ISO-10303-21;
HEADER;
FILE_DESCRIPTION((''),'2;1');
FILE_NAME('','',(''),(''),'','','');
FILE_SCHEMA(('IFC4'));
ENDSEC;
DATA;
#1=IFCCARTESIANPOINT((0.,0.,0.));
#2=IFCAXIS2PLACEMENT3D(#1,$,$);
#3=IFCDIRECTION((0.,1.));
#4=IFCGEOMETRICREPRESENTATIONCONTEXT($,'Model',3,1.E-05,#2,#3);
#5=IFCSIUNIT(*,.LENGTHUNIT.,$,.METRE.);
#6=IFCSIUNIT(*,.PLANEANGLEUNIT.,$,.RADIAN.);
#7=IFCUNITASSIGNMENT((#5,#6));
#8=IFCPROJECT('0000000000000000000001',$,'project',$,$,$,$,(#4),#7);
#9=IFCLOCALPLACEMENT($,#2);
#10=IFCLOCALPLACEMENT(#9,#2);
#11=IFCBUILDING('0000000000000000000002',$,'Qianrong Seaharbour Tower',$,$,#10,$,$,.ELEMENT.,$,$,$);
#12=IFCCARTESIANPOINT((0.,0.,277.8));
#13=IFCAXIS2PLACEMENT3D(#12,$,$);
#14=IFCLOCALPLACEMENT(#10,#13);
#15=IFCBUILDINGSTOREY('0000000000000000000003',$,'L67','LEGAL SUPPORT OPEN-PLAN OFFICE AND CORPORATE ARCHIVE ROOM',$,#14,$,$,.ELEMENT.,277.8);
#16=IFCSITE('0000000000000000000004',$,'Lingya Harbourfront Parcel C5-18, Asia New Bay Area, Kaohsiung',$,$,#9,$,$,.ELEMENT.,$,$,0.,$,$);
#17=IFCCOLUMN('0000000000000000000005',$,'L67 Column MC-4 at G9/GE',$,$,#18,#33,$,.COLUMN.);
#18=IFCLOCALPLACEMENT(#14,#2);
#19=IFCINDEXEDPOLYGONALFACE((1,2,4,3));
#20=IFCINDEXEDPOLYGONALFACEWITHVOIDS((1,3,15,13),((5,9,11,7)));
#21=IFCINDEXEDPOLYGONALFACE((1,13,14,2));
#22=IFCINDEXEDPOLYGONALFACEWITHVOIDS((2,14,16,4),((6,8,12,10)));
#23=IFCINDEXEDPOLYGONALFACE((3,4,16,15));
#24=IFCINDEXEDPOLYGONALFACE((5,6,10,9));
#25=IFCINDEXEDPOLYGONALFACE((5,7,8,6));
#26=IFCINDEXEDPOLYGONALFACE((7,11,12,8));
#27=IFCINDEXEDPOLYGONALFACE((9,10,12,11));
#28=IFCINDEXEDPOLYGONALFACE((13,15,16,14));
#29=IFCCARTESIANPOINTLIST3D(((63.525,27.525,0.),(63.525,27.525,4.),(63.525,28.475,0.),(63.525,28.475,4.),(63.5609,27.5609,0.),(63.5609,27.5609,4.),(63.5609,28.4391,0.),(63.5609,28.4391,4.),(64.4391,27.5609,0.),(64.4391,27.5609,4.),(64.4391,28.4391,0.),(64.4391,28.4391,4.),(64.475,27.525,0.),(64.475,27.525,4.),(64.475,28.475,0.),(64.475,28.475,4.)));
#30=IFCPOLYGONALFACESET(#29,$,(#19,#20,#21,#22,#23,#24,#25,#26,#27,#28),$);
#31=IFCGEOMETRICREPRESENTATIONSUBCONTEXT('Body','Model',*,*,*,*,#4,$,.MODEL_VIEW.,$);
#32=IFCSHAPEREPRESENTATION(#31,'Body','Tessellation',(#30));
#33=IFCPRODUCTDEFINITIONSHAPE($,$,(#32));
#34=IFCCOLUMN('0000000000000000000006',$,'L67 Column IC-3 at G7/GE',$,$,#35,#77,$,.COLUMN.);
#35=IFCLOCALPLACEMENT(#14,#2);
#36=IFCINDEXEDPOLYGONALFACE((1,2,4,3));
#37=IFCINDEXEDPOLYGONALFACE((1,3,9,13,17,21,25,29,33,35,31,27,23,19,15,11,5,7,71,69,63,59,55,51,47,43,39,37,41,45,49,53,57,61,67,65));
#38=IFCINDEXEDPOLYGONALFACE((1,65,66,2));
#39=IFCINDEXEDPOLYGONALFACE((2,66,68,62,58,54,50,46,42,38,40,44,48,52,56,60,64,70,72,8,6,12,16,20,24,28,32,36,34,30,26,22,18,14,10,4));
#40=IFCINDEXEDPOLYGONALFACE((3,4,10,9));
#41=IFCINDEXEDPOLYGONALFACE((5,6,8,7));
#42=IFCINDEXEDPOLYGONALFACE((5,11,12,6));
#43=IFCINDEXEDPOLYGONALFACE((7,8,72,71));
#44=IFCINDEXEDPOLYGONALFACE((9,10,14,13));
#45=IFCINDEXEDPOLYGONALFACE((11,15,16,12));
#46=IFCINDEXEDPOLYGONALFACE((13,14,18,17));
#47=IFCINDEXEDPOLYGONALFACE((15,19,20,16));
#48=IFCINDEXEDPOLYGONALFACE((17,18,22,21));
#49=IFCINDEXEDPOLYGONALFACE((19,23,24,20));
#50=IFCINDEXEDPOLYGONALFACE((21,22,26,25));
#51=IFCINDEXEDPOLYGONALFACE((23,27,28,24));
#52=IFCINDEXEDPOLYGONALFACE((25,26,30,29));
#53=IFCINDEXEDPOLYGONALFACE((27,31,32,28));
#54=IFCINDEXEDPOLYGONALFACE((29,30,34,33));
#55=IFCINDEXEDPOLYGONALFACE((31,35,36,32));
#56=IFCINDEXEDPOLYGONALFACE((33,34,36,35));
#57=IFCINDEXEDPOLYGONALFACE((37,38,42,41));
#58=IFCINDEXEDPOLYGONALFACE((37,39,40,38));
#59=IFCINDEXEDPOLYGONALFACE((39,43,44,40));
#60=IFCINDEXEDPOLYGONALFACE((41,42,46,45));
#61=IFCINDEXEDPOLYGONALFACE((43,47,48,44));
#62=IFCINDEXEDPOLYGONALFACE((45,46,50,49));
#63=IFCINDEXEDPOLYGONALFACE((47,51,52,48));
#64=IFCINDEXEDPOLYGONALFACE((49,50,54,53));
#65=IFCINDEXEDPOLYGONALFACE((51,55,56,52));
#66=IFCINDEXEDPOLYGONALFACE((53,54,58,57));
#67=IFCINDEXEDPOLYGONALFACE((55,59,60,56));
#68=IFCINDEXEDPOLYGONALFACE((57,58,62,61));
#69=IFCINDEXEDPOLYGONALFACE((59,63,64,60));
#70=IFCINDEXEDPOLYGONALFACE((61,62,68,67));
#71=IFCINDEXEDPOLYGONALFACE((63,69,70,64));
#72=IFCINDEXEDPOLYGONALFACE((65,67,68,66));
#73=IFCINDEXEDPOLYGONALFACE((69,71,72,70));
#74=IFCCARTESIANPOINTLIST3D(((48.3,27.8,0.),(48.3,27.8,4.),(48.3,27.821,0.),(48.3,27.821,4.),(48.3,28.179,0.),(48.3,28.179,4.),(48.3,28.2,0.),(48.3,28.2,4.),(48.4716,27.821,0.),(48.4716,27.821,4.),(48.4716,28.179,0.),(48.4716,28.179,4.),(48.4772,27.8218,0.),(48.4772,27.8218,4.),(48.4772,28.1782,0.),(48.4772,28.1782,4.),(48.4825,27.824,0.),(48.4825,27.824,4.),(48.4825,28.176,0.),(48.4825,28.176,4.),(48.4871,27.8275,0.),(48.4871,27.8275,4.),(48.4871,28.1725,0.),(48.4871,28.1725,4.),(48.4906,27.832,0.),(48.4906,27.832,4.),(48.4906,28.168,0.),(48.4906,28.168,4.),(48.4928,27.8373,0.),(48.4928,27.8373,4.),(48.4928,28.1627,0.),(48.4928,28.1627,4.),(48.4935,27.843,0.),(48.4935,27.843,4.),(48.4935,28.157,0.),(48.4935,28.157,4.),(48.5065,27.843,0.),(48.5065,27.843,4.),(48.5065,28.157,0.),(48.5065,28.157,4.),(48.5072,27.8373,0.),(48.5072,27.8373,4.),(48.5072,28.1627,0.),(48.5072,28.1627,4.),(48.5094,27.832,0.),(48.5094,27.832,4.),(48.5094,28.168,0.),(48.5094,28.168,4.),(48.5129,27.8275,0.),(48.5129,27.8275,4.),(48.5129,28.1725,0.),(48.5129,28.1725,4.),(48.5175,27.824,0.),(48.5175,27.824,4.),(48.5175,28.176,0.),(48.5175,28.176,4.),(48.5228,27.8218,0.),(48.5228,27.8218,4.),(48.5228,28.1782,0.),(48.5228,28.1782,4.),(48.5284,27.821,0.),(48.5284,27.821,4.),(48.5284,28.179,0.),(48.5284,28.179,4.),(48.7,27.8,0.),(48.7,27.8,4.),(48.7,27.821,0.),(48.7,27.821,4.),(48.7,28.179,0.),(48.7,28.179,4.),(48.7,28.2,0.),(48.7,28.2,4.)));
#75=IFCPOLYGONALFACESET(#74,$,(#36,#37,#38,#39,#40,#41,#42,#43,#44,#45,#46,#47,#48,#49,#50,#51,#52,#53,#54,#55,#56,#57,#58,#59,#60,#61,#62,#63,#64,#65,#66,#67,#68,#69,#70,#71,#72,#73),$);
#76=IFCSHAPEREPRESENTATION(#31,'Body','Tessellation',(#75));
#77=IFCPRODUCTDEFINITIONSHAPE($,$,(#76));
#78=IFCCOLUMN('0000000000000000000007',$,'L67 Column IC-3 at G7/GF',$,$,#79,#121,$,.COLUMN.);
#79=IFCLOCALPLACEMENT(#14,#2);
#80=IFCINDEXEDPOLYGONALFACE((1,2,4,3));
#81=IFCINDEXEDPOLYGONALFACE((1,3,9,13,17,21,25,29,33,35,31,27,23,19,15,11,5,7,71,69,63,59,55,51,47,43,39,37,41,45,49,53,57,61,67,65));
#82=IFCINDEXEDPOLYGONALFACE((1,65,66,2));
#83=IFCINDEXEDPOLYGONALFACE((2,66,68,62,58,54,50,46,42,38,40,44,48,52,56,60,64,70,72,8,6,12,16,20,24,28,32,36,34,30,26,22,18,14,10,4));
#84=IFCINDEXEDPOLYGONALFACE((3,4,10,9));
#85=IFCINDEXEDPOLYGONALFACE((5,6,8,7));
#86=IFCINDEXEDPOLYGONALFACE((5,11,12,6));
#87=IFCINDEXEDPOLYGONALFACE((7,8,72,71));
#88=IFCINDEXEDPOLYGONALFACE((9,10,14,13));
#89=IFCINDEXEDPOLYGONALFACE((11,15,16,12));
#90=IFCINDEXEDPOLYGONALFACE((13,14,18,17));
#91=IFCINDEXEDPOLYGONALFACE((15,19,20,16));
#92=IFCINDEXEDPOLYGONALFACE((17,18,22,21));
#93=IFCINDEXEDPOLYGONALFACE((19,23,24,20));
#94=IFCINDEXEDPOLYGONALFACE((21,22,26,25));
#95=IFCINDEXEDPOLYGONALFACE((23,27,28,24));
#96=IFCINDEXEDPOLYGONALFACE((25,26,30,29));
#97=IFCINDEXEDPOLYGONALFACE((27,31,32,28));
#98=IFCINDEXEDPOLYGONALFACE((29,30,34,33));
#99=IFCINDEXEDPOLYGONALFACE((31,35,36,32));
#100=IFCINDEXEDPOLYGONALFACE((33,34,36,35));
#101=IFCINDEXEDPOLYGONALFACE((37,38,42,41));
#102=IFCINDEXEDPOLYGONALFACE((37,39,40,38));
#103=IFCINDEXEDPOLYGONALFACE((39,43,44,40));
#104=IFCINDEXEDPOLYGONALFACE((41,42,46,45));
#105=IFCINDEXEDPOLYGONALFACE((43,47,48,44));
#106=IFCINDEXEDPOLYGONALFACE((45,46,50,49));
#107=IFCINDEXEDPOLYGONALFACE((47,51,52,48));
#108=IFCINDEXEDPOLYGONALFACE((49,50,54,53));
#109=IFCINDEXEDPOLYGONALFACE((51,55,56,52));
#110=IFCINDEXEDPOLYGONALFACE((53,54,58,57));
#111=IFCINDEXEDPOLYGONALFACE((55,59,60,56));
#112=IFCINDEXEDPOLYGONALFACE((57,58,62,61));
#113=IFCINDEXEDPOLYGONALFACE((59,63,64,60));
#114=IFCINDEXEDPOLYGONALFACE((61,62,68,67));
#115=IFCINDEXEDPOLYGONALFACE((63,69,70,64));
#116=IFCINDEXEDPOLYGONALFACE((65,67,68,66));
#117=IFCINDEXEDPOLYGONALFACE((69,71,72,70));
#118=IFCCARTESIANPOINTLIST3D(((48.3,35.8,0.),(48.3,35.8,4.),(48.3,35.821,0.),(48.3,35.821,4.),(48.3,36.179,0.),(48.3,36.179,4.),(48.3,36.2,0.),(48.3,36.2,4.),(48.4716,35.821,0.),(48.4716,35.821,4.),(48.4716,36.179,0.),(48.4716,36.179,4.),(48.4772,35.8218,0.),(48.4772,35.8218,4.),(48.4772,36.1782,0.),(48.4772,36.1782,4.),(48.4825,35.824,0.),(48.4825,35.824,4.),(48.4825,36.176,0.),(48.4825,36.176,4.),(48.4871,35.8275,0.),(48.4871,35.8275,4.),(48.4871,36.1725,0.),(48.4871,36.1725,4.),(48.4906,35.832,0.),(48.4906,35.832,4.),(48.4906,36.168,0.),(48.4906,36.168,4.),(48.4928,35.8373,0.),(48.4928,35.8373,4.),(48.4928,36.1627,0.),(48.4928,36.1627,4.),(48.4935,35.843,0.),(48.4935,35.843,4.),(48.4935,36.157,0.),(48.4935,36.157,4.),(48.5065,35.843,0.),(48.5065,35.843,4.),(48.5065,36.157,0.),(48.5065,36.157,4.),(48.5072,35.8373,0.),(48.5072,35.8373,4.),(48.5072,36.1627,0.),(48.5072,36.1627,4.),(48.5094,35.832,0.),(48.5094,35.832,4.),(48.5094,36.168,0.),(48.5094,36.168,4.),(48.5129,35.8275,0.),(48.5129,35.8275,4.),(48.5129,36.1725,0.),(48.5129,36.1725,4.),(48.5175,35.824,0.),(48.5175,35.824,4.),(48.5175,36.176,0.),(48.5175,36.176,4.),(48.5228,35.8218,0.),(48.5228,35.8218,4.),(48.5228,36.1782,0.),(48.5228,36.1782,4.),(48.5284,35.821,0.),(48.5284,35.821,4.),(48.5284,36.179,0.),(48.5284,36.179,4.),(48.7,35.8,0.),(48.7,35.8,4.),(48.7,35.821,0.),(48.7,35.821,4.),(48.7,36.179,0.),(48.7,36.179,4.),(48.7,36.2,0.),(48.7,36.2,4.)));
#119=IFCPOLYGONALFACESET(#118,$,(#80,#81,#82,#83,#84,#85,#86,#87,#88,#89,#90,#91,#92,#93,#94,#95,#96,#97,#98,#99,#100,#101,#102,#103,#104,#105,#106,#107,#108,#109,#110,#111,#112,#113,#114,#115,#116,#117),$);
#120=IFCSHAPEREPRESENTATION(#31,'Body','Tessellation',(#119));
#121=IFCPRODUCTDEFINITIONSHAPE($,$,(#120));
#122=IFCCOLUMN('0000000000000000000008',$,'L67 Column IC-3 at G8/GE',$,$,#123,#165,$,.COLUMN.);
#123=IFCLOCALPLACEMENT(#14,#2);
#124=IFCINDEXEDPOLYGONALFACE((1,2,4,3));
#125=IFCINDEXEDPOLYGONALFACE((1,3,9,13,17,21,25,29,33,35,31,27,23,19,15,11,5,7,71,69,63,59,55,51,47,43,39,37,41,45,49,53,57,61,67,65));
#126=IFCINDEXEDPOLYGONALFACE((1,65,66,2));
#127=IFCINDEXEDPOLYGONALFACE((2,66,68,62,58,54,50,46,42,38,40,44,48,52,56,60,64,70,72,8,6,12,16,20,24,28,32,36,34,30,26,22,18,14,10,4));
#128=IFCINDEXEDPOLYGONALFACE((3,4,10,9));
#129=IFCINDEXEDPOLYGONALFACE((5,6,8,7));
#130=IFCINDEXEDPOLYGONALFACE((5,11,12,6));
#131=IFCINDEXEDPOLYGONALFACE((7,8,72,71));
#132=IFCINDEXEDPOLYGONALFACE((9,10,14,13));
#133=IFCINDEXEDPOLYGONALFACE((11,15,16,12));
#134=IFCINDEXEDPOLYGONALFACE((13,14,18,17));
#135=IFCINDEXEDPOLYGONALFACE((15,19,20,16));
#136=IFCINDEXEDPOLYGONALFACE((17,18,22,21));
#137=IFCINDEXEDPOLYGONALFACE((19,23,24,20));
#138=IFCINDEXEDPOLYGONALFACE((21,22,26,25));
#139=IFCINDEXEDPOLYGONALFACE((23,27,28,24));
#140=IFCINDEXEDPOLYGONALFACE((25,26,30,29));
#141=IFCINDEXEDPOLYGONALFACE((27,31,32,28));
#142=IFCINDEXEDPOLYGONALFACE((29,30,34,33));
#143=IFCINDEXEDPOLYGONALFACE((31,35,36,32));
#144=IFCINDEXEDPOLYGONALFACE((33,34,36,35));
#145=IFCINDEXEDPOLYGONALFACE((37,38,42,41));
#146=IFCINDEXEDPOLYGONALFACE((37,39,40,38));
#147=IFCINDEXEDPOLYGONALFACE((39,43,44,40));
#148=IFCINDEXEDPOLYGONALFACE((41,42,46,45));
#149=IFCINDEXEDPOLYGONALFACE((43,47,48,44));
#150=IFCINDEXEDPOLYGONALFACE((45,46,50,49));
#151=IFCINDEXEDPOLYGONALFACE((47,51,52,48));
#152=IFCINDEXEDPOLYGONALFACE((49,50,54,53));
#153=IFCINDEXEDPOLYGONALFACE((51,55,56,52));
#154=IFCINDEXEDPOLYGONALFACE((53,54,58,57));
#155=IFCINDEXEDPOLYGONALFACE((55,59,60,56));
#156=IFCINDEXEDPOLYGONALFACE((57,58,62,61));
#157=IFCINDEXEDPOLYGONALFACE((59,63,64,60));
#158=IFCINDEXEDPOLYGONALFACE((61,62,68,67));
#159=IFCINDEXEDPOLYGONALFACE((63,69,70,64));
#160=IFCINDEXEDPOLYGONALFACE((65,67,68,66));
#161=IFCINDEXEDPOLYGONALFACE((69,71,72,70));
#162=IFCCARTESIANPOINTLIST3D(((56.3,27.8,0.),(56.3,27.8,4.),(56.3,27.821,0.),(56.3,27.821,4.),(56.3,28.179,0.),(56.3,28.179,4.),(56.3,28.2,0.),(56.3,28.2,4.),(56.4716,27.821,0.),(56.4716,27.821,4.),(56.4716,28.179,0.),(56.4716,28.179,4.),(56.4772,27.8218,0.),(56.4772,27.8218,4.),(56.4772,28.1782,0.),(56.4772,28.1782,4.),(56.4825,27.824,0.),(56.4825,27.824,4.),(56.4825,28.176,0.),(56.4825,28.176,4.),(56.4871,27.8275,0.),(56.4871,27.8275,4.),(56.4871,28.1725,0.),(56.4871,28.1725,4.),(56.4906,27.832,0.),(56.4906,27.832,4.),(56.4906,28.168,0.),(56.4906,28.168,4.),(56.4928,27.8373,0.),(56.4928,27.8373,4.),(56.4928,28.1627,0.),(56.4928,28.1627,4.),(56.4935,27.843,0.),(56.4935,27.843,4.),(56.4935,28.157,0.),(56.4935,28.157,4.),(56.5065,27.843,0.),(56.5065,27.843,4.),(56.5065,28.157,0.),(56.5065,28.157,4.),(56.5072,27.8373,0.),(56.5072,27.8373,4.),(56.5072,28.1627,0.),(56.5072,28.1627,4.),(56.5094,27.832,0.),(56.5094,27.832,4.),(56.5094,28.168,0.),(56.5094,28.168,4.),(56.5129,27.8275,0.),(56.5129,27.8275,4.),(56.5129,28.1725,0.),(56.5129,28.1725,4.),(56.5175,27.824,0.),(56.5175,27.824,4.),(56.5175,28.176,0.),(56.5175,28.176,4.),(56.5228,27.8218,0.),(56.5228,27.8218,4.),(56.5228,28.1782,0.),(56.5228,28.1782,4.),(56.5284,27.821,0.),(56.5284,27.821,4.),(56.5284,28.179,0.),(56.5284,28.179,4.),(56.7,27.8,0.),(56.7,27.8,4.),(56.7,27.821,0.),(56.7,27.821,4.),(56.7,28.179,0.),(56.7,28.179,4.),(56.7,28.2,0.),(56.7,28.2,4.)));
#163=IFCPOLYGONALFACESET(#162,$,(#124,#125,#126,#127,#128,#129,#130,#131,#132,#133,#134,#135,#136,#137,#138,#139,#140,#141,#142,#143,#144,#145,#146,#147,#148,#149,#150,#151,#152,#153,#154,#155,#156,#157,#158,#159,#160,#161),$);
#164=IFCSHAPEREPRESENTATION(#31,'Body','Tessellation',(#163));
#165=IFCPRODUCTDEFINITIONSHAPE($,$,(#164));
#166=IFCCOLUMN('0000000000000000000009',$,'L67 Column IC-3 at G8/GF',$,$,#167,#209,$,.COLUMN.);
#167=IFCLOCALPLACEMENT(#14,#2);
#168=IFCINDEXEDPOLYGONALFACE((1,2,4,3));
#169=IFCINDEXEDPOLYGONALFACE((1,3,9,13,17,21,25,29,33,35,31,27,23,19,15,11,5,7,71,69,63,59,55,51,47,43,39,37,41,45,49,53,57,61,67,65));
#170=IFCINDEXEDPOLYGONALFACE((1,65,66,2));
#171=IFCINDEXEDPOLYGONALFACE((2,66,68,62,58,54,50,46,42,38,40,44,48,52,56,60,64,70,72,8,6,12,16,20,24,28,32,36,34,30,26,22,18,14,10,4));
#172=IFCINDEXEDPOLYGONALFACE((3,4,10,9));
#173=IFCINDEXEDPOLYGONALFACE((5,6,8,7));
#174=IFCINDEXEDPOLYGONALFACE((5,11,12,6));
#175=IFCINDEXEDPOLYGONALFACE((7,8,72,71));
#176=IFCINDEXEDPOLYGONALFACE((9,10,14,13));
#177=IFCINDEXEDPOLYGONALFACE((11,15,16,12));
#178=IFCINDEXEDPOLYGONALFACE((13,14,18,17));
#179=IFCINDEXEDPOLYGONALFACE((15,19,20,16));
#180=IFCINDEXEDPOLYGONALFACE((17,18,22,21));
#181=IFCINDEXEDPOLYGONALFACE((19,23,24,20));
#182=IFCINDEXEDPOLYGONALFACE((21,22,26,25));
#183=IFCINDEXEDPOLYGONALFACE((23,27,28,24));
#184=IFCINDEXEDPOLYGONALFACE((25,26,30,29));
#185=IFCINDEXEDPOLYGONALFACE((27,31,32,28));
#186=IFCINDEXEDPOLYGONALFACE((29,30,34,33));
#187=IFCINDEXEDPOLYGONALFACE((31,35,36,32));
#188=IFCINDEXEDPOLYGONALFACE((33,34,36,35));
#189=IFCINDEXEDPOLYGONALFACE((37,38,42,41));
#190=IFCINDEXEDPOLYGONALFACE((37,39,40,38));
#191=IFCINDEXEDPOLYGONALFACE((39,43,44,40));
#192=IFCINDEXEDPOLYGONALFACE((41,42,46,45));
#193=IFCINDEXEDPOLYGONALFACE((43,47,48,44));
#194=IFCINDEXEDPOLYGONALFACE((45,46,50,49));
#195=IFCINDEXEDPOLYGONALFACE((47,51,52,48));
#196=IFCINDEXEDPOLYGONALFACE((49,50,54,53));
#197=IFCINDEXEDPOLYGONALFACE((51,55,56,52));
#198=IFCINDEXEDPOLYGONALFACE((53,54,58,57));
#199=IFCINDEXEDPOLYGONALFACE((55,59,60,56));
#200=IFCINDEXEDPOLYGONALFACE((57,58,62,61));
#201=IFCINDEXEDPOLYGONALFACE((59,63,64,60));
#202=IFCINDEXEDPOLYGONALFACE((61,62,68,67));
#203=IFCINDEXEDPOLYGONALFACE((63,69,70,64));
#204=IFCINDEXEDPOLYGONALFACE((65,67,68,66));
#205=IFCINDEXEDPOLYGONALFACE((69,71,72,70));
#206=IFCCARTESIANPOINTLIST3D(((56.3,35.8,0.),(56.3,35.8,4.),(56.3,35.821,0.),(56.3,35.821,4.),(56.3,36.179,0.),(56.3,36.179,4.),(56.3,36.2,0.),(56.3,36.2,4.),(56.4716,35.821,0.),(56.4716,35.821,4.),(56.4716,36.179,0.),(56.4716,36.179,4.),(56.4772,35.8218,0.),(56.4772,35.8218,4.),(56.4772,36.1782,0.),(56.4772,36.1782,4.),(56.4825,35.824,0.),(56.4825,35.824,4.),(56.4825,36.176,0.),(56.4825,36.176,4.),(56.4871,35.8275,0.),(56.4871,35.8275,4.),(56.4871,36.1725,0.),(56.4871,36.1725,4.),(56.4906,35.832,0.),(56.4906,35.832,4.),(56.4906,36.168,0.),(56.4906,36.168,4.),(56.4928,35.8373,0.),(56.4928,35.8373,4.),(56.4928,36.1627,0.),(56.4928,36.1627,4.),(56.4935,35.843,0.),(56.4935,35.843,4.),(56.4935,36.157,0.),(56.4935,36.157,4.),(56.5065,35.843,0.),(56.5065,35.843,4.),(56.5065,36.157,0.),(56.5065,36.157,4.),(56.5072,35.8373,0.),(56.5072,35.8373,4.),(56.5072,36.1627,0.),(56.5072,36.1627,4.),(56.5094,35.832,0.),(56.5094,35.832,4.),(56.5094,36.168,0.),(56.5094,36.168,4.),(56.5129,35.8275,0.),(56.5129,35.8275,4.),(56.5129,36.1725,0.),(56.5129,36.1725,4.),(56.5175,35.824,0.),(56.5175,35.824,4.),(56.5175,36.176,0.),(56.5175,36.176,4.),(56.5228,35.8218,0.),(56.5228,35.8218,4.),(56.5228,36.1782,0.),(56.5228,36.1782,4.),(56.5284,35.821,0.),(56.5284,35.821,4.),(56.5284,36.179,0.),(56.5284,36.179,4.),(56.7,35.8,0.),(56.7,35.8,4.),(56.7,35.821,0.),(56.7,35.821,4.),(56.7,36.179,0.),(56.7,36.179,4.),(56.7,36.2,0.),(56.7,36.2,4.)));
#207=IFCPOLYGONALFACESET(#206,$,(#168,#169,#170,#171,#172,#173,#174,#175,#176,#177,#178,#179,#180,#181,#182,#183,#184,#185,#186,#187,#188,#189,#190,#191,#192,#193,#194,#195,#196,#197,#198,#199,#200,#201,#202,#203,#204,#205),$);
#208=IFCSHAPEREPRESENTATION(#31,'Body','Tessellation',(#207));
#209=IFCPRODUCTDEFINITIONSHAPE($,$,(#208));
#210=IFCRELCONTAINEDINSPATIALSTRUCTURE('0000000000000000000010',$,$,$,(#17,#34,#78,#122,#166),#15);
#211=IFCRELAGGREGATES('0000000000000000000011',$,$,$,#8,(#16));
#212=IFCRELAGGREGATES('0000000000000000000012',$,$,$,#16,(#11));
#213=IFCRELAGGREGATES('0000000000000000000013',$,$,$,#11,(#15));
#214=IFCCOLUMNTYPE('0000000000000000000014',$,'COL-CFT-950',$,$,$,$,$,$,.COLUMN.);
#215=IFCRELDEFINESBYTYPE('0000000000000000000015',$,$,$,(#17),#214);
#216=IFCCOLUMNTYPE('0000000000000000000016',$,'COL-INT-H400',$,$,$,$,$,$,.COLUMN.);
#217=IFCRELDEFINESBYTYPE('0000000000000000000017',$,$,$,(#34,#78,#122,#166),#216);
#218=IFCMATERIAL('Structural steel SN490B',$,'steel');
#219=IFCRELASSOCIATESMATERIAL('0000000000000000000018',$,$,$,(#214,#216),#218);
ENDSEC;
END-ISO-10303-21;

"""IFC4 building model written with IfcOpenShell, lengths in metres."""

from ifc_helpers import new_model, si_unit, direction, frame, origin, origin_2d, place, context, subcontext, project, spatial, hollow_rectangle, i_section, extrude, material, material_profile, profile_set, type_object, element, save


model = new_model("IFC4")

# Units and contexts
model_context = context("Model", 3, precision=1e-05, world=origin(), true_north=direction((0.0, 1.0)))
body_context = subcontext(model_context, "Body", "Model", "MODEL_VIEW")
ifc_project = project(units=[si_unit("LENGTHUNIT", "METRE"), si_unit("PLANEANGLEUNIT", "RADIAN")], contexts=[model_context])

# Site, building, storey
site_placement = place(None, origin())
site = spatial("IfcSite", under=ifc_project, at=site_placement, Name="Lingya Harbourfront Parcel C5-18, Asia New Bay Area, Kaohsiung", CompositionType="ELEMENT", RefElevation=0.0)
building_placement = place(site_placement, origin())
building = spatial("IfcBuilding", under=site, at=building_placement, Name="Qianrong Seaharbour Tower", CompositionType="ELEMENT")
storey_placement = place(building_placement, frame((0.0, 0.0, 277.8)))
storey = spatial("IfcBuildingStorey", under=building, at=storey_placement, Name="L67", Description="LEGAL SUPPORT OPEN-PLAN OFFICE AND CORPORATE ARCHIVE ROOM", CompositionType="ELEMENT", Elevation=277.8)

# Columns
ifc_material_1 = material(Name="Structural steel SN490B", Category="steel")
ifc_material_profile_1 = material_profile(ifc_material_1, hollow_rectangle(XDim=0.95, YDim=0.95, WallThickness=0.0359, at=origin_2d()), Name="BOX950x950x36")
ifc_profile_set_1 = profile_set([ifc_material_profile_1], Name="Structural steel SN490B")
column_type_1 = type_object("IfcColumnType", Name="COL-CFT-950", PredefinedType="COLUMN", material=ifc_profile_set_1)
column_placement = place(storey_placement, frame((64.0, 28.0, 0.0), z_axis=(0.0, 0.0, 1.0), x_axis=(1.0, 0.0, 0.0)))
element("IfcColumn", 1, at=column_placement, inside=storey, type_object=column_type_1, Name="L67 Column MC-4 at G9/GE", PredefinedType="COLUMN", context=body_context, shape_type="SweptSolid", body=[
    extrude(hollow_rectangle(XDim=0.95, YDim=0.95, WallThickness=0.0359, at=origin_2d()), origin(), (0.0, 0.0, 1.0), 4.0),
])
ifc_material_profile_2 = material_profile(ifc_material_1, i_section(OverallWidth=0.3999, OverallDepth=0.3999, WebThickness=0.0129, FlangeThickness=0.021, FilletRadius=0.022, at=origin_2d()), Name="H400x400x13x21")
ifc_profile_set_2 = profile_set([ifc_material_profile_2], Name="Structural steel SN490B")
column_type_2 = type_object("IfcColumnType", Name="COL-INT-H400", PredefinedType="COLUMN", material=ifc_profile_set_2)
for number, where, z_axis, x_axis, name in (
    (2, (48.5, 28.0, 0.0), (0.0, 0.0, 1.0), (1.0, 0.0, 0.0), "L67 Column IC-3 at G7/GE"),
    (3, (48.5, 36.0, 0.0), (0.0, 0.0, 1.0), (1.0, 0.0, 0.0), "L67 Column IC-3 at G7/GF"),
    (4, (56.5, 28.0, 0.0), (0.0, 0.0, 1.0), (1.0, 0.0, 0.0), "L67 Column IC-3 at G8/GE"),
    (5, (56.5, 36.0, 0.0), (0.0, 0.0, 1.0), (1.0, 0.0, 0.0), "L67 Column IC-3 at G8/GF"),
):
    element("IfcColumn", number, at=place(storey_placement, frame(where, z_axis=z_axis, x_axis=x_axis)), inside=storey, type_object=column_type_2, Name=name, PredefinedType="COLUMN", context=body_context, shape_type="SweptSolid", body=[
        extrude(i_section(OverallWidth=0.3999, OverallDepth=0.3999, WebThickness=0.0129, FlangeThickness=0.021, FilletRadius=0.022, at=origin_2d()), origin(), (0.0, 0.0, 1.0), 4.0),
    ])

save(model, "model.ifc")
